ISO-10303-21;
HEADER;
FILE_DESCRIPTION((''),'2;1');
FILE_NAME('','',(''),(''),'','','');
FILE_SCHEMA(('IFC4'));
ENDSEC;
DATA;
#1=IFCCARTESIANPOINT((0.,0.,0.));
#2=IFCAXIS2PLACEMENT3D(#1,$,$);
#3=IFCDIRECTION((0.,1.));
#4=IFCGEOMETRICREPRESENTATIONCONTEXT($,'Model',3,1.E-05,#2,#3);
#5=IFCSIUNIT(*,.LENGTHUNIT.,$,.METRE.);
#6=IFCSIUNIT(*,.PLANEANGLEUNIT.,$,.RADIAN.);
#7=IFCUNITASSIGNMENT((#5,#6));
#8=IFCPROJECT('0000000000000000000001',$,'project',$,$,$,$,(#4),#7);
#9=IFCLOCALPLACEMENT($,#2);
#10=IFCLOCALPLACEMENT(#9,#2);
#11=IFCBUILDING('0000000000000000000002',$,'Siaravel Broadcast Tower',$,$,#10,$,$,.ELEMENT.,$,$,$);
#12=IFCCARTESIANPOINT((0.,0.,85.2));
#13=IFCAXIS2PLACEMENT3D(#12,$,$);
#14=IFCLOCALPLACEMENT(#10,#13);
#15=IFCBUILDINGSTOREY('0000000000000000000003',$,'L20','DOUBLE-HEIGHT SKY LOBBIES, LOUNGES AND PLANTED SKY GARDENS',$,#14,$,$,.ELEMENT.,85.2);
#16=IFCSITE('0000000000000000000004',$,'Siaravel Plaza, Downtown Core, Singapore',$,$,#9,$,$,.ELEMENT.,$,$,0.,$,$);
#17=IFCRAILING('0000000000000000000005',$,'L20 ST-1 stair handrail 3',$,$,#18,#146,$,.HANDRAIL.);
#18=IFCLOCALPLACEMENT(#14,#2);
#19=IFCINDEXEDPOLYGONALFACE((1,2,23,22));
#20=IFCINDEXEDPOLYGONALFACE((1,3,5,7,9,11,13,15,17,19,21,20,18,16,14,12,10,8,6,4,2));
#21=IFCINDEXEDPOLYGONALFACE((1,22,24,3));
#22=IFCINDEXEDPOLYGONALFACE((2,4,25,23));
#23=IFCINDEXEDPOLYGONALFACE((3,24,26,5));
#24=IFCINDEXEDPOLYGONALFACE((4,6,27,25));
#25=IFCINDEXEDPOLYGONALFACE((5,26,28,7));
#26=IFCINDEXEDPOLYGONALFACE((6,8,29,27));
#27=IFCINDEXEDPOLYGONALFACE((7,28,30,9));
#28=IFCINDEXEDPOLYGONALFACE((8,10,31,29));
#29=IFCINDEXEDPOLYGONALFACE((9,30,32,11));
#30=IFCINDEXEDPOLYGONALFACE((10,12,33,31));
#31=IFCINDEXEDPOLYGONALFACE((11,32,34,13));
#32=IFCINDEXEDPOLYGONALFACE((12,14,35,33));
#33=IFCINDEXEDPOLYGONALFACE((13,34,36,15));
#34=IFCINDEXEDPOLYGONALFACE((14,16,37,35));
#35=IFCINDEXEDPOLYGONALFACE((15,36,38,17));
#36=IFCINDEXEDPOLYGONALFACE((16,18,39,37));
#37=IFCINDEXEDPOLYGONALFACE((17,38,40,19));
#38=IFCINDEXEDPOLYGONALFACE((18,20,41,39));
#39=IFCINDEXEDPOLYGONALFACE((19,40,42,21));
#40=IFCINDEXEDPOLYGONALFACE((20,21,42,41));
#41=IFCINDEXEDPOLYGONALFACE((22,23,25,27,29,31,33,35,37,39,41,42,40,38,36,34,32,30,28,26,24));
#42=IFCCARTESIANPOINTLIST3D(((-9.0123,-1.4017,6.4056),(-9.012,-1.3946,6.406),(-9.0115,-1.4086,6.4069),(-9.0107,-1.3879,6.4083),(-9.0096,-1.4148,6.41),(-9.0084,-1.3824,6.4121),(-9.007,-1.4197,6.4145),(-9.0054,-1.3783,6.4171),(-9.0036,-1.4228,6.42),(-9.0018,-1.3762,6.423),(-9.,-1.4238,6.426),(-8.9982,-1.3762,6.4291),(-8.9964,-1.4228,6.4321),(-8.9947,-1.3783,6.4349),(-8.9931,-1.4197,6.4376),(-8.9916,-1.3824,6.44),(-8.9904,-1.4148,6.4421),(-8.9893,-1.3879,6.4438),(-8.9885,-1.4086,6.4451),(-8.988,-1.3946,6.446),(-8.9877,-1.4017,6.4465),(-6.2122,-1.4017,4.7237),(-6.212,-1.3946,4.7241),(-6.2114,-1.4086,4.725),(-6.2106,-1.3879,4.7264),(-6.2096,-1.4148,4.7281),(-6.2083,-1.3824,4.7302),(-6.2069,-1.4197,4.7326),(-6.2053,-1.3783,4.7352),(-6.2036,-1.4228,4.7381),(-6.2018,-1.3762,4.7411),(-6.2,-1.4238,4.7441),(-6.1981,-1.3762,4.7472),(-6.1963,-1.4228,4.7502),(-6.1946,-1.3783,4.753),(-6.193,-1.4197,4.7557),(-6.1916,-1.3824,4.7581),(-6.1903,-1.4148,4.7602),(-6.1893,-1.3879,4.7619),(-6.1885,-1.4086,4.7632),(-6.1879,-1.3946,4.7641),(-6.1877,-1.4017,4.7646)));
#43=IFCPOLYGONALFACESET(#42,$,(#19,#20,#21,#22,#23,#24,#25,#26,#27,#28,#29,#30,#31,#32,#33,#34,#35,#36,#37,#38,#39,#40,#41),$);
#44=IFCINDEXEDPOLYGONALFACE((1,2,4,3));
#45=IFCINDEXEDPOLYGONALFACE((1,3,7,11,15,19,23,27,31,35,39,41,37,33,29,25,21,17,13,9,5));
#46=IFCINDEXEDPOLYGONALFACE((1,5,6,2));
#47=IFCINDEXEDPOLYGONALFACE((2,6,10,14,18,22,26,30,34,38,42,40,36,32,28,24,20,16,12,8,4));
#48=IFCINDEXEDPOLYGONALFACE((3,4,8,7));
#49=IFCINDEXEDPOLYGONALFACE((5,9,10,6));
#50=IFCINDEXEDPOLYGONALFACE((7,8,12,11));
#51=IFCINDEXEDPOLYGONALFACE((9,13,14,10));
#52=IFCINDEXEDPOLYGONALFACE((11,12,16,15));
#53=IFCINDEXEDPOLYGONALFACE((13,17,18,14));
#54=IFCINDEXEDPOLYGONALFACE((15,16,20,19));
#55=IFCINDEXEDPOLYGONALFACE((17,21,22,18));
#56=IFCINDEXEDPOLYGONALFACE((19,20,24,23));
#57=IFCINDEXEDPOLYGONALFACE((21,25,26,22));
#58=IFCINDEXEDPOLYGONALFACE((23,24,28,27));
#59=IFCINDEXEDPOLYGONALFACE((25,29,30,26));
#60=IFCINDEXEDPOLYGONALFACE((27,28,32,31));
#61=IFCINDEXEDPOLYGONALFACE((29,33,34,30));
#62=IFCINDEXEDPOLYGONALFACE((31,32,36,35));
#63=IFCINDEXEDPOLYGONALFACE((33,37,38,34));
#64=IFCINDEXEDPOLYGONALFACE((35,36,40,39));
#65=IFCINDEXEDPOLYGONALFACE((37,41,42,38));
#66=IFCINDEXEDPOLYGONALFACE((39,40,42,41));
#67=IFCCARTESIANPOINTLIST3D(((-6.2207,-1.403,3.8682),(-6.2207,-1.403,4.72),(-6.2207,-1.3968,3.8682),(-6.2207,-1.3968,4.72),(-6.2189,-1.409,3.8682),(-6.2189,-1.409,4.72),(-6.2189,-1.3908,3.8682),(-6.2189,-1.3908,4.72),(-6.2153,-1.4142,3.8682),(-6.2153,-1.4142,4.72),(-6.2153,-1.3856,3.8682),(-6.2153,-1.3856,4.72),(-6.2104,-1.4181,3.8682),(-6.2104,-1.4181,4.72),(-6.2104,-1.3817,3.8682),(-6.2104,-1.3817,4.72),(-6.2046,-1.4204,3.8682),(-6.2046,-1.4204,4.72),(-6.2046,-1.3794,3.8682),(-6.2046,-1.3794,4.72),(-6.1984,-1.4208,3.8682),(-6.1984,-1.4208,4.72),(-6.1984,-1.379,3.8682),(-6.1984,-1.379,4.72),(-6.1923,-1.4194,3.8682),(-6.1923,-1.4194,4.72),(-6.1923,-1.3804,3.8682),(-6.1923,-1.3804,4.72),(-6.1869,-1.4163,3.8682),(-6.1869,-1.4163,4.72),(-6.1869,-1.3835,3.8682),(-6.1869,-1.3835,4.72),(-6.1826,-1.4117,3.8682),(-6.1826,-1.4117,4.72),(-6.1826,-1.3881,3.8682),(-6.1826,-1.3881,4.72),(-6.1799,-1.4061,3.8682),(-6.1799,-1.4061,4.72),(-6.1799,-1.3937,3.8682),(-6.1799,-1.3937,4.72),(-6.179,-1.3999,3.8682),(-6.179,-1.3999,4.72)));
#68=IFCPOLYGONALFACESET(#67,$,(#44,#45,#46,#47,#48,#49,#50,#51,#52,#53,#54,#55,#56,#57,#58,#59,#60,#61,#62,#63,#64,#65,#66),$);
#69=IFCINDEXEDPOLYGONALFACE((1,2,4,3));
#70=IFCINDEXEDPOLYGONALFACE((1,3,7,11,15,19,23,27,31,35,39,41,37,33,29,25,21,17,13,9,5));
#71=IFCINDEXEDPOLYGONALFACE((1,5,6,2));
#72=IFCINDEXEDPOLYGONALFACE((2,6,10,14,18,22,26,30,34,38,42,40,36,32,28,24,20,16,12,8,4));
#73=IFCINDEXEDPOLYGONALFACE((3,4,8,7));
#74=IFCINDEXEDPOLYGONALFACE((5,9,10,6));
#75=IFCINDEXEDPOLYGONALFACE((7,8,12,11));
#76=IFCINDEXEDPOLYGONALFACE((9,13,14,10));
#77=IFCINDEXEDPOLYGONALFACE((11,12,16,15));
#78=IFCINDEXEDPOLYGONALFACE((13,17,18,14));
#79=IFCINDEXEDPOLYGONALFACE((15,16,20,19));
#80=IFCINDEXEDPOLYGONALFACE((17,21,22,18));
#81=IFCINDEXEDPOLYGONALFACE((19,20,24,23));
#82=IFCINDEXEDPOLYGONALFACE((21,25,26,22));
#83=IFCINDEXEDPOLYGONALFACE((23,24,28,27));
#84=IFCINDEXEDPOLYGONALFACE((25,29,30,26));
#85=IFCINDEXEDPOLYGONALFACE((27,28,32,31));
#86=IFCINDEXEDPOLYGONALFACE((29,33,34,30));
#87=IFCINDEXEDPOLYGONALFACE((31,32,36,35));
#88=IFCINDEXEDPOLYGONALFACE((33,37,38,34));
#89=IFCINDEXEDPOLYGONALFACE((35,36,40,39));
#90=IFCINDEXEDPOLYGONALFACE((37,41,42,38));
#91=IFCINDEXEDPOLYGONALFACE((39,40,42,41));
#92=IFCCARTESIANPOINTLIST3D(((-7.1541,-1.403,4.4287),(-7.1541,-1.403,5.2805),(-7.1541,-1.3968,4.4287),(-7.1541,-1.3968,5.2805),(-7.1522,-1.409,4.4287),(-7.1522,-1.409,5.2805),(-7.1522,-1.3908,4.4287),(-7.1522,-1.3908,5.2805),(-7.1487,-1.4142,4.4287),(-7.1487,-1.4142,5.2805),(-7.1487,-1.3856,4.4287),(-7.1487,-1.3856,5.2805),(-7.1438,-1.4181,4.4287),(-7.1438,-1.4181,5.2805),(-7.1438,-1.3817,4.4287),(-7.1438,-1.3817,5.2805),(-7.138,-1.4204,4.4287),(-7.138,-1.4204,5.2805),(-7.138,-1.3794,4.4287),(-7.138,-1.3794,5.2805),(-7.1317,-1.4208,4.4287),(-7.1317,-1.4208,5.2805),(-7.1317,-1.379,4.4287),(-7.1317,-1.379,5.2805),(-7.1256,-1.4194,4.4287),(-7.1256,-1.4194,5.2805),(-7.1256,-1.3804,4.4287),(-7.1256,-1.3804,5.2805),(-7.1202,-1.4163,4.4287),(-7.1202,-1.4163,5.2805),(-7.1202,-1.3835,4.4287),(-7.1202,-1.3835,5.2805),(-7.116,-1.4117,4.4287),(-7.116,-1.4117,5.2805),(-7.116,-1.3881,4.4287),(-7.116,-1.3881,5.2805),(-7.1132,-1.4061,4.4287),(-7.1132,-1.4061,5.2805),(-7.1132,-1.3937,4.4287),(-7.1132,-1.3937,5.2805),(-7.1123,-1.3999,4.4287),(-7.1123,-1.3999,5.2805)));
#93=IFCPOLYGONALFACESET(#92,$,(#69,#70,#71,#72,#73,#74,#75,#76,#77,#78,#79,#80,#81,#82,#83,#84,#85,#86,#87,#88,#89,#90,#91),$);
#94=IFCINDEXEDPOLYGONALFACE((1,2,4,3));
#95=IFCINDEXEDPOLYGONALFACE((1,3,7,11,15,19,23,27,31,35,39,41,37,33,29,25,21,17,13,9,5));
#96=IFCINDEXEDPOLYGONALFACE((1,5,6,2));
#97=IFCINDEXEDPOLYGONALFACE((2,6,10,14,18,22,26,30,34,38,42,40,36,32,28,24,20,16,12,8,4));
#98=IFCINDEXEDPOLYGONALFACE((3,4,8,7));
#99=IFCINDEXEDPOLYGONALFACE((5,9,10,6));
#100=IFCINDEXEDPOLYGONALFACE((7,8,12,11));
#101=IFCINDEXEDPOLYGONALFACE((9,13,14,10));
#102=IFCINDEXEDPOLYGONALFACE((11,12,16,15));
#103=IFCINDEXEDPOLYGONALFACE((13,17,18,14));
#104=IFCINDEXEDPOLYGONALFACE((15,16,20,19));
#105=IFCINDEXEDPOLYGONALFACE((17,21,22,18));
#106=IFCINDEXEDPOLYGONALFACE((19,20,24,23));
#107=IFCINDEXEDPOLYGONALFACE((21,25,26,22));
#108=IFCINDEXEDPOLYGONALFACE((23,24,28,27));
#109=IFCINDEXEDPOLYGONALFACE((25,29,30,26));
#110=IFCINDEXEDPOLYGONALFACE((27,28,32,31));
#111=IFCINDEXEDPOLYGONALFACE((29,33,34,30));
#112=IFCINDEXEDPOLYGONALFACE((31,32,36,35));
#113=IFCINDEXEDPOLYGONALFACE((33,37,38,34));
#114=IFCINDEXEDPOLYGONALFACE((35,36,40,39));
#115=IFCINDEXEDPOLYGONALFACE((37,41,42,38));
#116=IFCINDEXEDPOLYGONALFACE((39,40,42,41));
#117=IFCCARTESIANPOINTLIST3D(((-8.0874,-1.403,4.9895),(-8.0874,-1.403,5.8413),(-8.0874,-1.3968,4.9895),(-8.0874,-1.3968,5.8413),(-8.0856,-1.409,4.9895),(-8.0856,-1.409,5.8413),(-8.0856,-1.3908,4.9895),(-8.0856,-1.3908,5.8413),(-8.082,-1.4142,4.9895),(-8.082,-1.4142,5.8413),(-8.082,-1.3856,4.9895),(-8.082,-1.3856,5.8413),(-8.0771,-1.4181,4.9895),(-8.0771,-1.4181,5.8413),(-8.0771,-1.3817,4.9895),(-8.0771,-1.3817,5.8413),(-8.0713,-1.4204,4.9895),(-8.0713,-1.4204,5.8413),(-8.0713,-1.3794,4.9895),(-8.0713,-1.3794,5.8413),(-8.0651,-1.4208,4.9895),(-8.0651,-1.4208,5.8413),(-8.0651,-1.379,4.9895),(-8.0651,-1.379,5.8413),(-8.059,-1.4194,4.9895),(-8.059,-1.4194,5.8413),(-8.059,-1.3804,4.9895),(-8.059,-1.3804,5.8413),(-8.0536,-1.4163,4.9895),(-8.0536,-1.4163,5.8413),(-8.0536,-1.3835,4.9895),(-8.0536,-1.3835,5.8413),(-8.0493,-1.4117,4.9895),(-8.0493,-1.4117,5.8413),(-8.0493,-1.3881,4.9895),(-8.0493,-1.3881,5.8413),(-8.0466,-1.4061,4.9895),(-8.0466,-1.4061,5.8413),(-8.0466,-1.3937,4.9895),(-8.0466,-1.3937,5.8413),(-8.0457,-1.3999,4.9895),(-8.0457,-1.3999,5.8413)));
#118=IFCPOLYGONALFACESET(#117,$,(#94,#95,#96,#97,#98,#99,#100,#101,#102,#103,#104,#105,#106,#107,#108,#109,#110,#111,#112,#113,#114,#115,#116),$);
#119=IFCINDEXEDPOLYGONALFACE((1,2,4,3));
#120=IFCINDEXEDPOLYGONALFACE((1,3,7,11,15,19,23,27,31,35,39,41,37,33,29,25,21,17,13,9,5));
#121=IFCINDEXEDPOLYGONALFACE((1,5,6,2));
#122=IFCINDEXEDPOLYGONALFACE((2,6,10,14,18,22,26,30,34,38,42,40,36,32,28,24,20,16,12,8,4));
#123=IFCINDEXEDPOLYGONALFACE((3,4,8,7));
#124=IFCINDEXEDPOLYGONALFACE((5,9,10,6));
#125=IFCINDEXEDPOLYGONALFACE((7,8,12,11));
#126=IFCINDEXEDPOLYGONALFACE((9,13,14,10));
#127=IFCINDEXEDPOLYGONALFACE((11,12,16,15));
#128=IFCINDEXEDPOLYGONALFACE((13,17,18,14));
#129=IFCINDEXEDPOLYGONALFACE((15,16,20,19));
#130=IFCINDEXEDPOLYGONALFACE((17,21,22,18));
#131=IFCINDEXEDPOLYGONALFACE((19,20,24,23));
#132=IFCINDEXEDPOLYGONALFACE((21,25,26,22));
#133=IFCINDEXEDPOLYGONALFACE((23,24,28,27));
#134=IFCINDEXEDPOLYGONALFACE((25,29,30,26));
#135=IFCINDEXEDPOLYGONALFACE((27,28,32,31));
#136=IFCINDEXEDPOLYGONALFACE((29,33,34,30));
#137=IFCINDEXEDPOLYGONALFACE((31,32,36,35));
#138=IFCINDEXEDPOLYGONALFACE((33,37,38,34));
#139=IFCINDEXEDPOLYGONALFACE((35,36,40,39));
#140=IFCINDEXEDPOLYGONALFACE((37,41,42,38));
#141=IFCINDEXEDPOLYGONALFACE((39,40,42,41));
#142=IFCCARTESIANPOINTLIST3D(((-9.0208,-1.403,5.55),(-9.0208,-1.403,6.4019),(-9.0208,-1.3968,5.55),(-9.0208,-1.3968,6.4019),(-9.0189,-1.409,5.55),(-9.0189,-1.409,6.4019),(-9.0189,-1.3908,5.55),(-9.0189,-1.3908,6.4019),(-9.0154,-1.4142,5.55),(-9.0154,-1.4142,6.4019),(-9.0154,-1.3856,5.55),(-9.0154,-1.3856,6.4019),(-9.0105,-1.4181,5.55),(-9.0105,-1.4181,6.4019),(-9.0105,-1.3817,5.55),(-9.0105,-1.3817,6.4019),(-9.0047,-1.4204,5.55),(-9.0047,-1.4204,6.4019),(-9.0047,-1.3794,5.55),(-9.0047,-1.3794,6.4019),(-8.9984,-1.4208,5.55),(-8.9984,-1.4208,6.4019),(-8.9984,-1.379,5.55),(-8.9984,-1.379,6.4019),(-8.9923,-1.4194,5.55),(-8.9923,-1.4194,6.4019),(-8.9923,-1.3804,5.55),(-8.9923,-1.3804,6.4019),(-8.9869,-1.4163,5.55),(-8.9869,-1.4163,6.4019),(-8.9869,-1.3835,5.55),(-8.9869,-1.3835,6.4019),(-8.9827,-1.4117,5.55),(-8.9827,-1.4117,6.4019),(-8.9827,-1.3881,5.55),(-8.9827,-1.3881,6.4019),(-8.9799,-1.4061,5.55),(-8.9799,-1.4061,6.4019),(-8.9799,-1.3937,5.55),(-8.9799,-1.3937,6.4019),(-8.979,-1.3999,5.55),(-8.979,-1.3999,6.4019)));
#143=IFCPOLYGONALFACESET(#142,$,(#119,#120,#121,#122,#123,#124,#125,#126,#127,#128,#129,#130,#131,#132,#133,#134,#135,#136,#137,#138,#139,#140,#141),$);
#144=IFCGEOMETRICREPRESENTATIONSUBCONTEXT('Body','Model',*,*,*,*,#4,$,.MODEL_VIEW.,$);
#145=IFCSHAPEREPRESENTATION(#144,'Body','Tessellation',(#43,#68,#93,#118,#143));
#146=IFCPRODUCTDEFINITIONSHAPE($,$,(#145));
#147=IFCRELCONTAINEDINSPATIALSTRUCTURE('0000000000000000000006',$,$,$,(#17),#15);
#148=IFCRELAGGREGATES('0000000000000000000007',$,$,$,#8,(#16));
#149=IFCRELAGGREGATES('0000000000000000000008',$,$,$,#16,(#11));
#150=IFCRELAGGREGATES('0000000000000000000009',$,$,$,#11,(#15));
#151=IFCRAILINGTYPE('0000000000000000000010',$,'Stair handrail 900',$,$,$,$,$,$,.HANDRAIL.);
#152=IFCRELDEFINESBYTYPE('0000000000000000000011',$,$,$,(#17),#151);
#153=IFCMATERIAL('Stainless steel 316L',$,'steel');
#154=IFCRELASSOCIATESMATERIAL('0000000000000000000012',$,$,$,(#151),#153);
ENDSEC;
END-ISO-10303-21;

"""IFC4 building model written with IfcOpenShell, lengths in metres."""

from ifc_helpers import new_model, si_unit, direction, frame, origin, origin_2d, place, context, subcontext, project, spatial, circle, extrude, material, type_object, element, save


model = new_model("IFC4")

# Units and contexts
model_context = context("Model", 3, precision=1e-05, world=origin(), true_north=direction((0.0, 1.0)))
body_context = subcontext(model_context, "Body", "Model", "MODEL_VIEW")
ifc_project = project(units=[si_unit("LENGTHUNIT", "METRE"), si_unit("PLANEANGLEUNIT", "RADIAN")], contexts=[model_context])

# Site, building, storey
site_placement = place(None, origin())
site = spatial("IfcSite", under=ifc_project, at=site_placement, Name="Siaravel Plaza, Downtown Core, Singapore", CompositionType="ELEMENT", RefElevation=0.0)
building_placement = place(site_placement, origin())
building = spatial("IfcBuilding", under=site, at=building_placement, Name="Siaravel Broadcast Tower", CompositionType="ELEMENT")
storey_placement = place(building_placement, frame((0.0, 0.0, 85.2)))
storey = spatial("IfcBuildingStorey", under=building, at=storey_placement, Name="L20", Description="DOUBLE-HEIGHT SKY LOBBIES, LOUNGES AND PLANTED SKY GARDENS", CompositionType="ELEMENT", Elevation=85.2)

# Shared definitions
ifc_material_1 = material(Name="Stainless steel 316L", Category="steel")

# Railing
railing_type = type_object("IfcRailingType", Name="Stair handrail 900", PredefinedType="HANDRAIL", material=ifc_material_1)
for number, where, name in (
    (1, (-6.2, -1.3999, 3.8682), "L20 ST-1 stair handrail 3"),
):
    element("IfcRailing", number, at=place(storey_placement, frame(where)), inside=storey, type_object=railing_type, Name=name, PredefinedType="HANDRAIL", context=body_context, shape_type="SweptSolid", body=[
        extrude(circle(Radius=0.0239, at=origin_2d()), frame((0.0, 0.0, 0.876), z_axis=(-0.857242, 0.0, 0.514913), x_axis=(0.0, -1.0, 0.0)), (0.0, 0.0, 1.0), 3.2664),
        extrude(circle(Radius=0.021, at=origin_2d()), origin(), (0.0, 0.0, 1.0), 0.8518),
        extrude(circle(Radius=0.021, at=origin_2d()), frame((-0.9333, 0.0, 0.5605)), (0.0, 0.0, 1.0), 0.8518),
        extrude(circle(Radius=0.021, at=origin_2d()), frame((-1.8667, 0.0, 1.1213)), (0.0, 0.0, 1.0), 0.8518),
        extrude(circle(Radius=0.021, at=origin_2d()), frame((-2.8, 0.0, 1.6819)), (0.0, 0.0, 1.0), 0.8518),
    ])

save(model, "model.ifc")
